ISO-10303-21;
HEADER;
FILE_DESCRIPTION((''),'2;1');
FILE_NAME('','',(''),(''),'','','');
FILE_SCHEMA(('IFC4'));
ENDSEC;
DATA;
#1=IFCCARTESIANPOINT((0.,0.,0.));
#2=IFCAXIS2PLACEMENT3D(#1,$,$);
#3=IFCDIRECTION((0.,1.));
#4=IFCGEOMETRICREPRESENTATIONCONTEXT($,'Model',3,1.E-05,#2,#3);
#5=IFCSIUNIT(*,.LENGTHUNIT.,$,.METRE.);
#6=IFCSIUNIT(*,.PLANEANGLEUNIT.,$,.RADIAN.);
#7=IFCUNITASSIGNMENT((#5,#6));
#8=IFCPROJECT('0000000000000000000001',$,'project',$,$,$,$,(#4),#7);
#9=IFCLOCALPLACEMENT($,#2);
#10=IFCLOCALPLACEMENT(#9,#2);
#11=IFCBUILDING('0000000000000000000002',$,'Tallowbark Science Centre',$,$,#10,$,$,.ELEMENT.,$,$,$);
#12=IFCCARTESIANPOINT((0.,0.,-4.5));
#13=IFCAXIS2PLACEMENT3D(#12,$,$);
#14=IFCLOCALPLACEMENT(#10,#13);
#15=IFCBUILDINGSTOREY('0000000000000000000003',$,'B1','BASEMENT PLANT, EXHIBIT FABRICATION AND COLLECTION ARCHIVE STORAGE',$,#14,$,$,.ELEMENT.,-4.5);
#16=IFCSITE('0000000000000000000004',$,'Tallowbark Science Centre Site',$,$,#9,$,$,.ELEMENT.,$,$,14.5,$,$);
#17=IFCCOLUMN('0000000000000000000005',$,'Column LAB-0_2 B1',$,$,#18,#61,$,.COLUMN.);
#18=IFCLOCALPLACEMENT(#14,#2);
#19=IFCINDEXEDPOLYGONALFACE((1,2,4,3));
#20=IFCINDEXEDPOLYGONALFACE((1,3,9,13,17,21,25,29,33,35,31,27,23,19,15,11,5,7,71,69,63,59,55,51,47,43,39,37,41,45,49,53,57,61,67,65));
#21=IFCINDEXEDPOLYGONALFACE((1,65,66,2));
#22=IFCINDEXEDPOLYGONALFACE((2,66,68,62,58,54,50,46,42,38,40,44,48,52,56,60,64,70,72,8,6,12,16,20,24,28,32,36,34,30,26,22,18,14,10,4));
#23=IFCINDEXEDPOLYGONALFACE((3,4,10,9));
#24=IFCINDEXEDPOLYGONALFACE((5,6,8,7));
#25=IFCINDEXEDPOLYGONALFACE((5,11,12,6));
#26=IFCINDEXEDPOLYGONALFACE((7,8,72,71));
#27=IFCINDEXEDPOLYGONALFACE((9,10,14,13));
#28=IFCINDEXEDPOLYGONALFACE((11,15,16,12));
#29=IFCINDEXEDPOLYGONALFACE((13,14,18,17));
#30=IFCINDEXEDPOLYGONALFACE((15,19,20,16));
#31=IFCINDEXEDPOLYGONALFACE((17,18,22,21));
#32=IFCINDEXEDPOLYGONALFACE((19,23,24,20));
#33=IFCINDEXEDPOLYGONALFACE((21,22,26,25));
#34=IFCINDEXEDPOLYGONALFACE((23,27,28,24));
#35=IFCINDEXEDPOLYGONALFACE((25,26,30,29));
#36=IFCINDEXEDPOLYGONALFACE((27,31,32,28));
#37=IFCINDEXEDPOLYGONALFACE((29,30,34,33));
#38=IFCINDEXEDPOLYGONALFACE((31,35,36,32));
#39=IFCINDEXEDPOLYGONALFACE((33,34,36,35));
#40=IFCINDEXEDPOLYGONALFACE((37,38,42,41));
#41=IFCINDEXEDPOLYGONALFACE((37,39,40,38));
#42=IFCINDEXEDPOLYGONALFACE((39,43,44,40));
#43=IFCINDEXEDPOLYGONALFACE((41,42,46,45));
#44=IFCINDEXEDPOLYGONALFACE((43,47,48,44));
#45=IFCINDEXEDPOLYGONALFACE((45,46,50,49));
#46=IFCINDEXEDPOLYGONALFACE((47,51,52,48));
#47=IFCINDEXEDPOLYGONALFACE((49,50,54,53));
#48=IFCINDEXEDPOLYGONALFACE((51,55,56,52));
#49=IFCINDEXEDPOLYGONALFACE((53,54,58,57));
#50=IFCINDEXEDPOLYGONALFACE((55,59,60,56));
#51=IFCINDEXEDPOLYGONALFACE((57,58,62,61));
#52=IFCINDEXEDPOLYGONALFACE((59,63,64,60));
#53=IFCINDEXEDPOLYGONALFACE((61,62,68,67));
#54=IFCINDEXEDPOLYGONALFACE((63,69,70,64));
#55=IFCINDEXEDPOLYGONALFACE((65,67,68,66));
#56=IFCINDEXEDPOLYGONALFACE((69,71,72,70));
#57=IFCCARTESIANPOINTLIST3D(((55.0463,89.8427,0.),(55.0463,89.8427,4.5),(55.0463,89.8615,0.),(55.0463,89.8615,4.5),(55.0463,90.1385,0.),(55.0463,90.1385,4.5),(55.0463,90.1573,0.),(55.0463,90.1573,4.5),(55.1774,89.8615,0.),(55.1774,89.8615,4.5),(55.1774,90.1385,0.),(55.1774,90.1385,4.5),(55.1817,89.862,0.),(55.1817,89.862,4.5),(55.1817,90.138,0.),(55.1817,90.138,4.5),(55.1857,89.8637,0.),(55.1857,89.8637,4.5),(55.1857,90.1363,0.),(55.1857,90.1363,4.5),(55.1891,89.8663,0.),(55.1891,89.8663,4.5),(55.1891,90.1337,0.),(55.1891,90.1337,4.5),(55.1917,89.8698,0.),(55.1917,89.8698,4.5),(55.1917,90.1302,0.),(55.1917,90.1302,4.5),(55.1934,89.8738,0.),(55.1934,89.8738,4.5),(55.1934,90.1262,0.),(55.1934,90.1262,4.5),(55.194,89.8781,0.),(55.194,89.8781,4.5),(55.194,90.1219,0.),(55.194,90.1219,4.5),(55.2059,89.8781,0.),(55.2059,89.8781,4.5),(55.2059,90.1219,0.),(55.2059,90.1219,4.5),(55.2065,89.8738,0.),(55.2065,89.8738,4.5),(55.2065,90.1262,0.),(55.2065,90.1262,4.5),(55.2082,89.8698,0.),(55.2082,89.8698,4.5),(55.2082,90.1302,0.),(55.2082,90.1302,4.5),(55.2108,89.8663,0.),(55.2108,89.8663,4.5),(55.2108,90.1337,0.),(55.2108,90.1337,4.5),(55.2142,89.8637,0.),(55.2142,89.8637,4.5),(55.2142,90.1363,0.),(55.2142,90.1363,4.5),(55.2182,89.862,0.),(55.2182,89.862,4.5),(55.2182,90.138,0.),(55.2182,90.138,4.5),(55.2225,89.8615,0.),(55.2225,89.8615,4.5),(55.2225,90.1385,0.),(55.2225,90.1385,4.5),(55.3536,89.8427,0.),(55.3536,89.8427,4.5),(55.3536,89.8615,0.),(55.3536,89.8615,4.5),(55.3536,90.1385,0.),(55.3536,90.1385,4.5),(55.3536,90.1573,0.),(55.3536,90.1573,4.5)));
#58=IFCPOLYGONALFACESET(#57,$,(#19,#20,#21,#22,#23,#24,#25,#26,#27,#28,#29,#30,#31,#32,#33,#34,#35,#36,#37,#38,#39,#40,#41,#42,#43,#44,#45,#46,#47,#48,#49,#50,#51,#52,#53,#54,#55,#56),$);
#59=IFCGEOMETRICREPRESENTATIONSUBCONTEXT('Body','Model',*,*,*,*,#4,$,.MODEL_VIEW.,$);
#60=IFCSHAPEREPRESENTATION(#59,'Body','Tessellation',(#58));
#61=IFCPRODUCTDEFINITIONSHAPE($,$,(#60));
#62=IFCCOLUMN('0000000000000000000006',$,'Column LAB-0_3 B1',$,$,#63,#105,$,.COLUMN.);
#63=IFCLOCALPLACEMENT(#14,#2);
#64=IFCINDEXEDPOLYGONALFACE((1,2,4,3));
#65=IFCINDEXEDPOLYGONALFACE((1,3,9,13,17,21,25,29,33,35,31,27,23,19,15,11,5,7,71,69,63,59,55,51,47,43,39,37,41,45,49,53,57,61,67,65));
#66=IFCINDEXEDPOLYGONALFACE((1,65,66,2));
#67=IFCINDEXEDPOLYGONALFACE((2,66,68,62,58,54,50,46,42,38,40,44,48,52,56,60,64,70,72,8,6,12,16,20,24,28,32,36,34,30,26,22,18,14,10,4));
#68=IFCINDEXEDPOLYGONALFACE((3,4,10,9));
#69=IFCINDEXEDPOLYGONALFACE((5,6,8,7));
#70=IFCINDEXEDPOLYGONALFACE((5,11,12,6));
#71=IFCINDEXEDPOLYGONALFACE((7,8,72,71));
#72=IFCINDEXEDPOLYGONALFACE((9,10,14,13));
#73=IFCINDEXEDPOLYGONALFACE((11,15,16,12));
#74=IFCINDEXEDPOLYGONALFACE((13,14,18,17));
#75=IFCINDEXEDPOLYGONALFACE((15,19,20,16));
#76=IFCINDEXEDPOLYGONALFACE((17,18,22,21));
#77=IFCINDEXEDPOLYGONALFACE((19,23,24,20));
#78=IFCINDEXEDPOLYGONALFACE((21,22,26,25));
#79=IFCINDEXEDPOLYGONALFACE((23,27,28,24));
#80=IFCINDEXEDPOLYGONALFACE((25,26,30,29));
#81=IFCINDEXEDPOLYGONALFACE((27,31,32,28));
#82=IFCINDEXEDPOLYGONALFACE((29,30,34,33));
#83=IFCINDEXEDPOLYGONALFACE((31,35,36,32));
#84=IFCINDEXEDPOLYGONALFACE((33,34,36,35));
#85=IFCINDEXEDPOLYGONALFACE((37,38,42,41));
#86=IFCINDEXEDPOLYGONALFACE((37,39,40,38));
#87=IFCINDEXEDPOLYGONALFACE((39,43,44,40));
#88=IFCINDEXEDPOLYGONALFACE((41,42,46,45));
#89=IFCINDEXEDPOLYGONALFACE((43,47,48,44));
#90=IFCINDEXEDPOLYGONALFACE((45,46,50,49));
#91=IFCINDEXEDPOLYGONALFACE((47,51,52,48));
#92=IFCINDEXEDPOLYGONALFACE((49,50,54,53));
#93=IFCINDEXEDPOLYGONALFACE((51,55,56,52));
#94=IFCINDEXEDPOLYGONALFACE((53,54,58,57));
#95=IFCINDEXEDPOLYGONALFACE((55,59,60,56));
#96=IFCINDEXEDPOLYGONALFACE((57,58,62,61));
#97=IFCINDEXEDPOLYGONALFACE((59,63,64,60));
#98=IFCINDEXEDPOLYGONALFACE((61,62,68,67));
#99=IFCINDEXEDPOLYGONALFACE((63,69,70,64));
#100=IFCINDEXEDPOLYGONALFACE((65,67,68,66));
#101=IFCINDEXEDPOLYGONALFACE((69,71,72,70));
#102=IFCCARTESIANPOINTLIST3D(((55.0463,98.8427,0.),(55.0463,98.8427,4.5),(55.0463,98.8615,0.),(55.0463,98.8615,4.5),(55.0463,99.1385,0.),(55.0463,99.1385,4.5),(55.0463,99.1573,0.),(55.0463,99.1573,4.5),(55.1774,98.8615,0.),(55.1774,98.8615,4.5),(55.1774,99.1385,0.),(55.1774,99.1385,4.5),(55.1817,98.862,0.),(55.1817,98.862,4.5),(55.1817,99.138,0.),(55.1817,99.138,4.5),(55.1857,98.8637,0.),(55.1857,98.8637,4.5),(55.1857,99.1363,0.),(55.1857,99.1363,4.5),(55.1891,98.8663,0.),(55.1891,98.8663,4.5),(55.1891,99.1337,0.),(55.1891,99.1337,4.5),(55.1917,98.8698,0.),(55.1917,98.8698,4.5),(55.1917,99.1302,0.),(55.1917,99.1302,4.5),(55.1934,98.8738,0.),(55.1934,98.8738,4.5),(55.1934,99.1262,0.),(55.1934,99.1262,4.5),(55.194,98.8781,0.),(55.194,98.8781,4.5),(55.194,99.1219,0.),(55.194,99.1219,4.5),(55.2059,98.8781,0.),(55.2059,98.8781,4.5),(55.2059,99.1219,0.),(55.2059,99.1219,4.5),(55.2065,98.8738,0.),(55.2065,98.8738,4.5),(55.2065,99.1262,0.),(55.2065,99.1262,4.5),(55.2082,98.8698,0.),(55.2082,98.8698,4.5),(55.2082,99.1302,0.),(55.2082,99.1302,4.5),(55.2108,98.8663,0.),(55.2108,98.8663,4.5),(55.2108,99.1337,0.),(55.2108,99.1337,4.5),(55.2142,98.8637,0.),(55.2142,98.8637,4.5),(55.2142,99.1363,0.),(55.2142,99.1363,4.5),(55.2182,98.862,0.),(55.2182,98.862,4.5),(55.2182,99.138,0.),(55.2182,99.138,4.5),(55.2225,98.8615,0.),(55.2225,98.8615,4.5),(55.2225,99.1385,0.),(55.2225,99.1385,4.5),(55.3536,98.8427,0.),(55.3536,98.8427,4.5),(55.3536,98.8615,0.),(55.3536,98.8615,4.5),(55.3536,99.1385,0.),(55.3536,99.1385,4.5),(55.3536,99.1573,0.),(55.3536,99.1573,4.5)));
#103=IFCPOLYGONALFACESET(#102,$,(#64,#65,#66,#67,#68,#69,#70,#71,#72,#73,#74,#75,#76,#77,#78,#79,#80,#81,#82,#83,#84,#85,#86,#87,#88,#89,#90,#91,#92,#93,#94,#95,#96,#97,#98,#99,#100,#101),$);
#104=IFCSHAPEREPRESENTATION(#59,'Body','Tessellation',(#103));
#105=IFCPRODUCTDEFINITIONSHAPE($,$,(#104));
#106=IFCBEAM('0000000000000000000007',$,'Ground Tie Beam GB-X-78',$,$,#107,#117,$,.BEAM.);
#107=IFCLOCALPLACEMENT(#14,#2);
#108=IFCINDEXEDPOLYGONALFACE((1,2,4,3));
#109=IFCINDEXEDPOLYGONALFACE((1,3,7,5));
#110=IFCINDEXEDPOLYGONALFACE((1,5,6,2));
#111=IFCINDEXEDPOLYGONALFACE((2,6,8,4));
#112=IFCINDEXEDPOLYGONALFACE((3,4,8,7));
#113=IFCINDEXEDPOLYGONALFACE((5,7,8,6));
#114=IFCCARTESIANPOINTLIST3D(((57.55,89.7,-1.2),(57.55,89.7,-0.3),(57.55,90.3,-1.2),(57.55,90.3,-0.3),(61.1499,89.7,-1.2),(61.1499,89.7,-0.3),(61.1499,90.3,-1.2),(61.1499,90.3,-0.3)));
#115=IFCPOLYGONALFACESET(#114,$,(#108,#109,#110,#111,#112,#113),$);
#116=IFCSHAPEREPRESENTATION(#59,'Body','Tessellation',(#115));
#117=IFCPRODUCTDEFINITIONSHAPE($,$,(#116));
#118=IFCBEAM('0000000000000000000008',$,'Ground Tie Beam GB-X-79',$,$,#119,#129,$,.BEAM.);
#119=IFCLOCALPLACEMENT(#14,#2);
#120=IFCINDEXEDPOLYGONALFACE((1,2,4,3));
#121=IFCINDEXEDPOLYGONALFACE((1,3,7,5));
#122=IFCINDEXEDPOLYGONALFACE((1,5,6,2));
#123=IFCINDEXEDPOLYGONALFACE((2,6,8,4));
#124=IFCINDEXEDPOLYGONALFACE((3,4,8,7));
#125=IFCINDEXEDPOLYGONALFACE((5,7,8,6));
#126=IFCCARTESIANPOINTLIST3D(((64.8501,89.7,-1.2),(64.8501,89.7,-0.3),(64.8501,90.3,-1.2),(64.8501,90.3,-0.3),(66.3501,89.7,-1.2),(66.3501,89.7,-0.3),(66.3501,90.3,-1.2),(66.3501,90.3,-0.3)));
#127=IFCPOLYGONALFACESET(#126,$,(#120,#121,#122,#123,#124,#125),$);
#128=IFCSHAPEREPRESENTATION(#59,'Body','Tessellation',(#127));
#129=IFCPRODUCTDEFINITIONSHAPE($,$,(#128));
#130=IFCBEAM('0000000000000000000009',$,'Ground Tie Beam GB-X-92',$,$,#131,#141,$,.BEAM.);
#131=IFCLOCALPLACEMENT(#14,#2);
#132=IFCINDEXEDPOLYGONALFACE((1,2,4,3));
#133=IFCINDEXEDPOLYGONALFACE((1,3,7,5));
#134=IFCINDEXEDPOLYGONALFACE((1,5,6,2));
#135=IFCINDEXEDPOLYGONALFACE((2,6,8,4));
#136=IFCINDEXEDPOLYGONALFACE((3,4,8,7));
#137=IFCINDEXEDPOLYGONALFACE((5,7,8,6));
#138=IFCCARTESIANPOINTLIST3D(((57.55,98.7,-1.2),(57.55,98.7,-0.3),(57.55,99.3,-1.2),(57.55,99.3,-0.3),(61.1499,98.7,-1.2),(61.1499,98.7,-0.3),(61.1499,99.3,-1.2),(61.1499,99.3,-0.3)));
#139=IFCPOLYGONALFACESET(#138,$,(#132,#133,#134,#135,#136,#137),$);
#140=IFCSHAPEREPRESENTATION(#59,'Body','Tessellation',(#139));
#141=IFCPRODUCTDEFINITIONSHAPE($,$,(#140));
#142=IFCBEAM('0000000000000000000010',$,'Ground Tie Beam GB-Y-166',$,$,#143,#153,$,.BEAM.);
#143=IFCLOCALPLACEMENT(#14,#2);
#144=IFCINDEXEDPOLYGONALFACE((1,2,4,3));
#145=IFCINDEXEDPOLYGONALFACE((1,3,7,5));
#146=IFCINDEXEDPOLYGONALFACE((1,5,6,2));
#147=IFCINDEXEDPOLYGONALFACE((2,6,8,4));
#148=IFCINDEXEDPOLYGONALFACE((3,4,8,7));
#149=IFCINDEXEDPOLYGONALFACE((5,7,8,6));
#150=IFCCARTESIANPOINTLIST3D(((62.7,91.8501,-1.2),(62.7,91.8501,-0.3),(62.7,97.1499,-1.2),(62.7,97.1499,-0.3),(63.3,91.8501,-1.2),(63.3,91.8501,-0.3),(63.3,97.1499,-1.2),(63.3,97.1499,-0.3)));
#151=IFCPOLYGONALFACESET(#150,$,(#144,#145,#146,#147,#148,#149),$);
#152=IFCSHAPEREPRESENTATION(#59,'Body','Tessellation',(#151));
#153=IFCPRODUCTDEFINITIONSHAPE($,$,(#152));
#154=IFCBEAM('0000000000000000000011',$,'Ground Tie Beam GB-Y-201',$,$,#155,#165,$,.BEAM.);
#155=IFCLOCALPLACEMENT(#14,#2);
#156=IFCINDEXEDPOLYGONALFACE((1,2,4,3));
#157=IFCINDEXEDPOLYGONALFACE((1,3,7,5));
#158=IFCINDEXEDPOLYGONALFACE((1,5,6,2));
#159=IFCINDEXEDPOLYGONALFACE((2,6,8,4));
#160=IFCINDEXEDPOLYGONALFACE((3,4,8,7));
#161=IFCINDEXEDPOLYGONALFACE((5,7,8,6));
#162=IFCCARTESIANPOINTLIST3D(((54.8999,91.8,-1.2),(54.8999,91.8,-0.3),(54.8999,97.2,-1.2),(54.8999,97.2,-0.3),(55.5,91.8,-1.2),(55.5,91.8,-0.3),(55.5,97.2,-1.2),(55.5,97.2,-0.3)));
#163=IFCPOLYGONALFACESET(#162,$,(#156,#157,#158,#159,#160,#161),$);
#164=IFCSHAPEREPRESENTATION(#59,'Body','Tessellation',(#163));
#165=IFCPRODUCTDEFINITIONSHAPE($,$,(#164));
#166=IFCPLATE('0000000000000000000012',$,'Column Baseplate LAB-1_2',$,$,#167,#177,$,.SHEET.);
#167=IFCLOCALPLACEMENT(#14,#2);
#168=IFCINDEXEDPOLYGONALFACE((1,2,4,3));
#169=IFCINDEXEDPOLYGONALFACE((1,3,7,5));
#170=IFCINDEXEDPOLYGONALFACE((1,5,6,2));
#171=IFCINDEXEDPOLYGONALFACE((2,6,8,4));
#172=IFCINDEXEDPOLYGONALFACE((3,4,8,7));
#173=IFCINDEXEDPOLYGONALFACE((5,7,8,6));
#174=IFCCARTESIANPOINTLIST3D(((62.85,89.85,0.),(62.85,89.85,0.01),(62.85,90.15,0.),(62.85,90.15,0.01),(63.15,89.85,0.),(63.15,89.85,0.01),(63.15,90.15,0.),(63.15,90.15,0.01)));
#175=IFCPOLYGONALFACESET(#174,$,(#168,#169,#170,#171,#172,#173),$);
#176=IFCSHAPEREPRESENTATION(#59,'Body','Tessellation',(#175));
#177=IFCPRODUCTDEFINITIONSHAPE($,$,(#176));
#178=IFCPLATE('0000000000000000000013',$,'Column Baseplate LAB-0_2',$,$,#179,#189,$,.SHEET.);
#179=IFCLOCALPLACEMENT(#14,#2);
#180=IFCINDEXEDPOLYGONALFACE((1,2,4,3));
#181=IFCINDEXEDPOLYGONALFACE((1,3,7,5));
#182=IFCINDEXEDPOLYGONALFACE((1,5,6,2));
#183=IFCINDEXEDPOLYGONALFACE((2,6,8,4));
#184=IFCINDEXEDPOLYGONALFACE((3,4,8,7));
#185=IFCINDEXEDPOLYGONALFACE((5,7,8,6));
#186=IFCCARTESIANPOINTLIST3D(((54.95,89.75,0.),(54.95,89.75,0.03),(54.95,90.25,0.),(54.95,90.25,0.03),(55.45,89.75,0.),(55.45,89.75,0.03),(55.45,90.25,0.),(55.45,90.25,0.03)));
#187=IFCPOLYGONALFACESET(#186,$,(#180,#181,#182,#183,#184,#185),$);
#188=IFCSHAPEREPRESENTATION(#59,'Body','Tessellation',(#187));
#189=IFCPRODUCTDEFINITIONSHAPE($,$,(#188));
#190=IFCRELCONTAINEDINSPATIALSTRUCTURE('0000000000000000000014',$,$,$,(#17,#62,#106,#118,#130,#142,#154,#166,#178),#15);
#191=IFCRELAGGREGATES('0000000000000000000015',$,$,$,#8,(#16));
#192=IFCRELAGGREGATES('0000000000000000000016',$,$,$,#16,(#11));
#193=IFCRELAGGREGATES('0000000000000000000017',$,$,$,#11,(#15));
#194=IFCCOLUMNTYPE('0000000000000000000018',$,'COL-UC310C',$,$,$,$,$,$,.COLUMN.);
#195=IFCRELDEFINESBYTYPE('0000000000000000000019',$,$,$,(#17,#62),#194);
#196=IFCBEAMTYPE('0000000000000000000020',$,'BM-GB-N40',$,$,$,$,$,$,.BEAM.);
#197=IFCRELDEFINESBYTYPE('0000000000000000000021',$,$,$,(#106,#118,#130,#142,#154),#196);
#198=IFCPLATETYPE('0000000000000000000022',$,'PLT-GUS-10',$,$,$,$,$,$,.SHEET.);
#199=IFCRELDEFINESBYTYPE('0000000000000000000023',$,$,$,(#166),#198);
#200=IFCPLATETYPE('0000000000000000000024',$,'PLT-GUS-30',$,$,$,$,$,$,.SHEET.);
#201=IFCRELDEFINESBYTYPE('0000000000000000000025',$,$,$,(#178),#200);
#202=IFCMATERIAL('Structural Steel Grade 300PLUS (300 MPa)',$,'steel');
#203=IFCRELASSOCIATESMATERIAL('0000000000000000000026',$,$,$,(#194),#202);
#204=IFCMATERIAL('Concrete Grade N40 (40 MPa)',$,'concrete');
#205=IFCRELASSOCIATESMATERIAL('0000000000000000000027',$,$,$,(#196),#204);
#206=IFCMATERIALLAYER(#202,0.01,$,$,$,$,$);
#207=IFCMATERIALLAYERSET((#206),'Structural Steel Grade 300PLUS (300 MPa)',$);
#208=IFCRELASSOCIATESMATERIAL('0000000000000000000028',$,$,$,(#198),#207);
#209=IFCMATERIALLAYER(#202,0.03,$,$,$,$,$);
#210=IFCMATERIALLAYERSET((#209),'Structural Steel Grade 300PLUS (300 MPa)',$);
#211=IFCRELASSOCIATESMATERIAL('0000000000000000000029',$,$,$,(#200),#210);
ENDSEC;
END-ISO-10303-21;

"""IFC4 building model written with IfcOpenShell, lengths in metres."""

from ifc_helpers import new_model, si_unit, direction, frame, origin, origin_2d, place, context, subcontext, project, spatial, rectangle, i_section, extrude, material, layer, layer_set, material_profile, profile_set, type_object, element, save


model = new_model("IFC4")

# Units and contexts
model_context = context("Model", 3, precision=1e-05, world=origin(), true_north=direction((0.0, 1.0)))
body_context = subcontext(model_context, "Body", "Model", "MODEL_VIEW")
ifc_project = project(units=[si_unit("LENGTHUNIT", "METRE"), si_unit("PLANEANGLEUNIT", "RADIAN")], contexts=[model_context])

# Site, building, storey
site_placement = place(None, origin())
site = spatial("IfcSite", under=ifc_project, at=site_placement, Name="Tallowbark Science Centre Site", CompositionType="ELEMENT", RefElevation=14.5)
building_placement = place(site_placement, origin())
building = spatial("IfcBuilding", under=site, at=building_placement, Name="Tallowbark Science Centre", CompositionType="ELEMENT")
storey_placement = place(building_placement, frame((0.0, 0.0, -4.5)))
storey = spatial("IfcBuildingStorey", under=building, at=storey_placement, Name="B1", Description="BASEMENT PLANT, EXHIBIT FABRICATION AND COLLECTION ARCHIVE STORAGE", CompositionType="ELEMENT", Elevation=-4.5)

# Shared definitions
ifc_material_1 = material(Name="Concrete Grade N40 (40 MPa)", Category="concrete")

# Columns
ifc_material_2 = material(Name="Structural Steel Grade 300PLUS (300 MPa)", Category="steel")
ifc_material_profile_1 = material_profile(ifc_material_2, i_section(OverallWidth=0.3074, OverallDepth=0.3147, WebThickness=0.012, FlangeThickness=0.0188, FilletRadius=0.0166, at=origin_2d()), Name="310UC118")
ifc_profile_set_1 = profile_set([ifc_material_profile_1], Name="Structural Steel Grade 300PLUS (300 MPa)")
column_type_1 = type_object("IfcColumnType", Name="COL-UC310C", PredefinedType="COLUMN", material=ifc_profile_set_1)
for number, where, z_axis, x_axis, name in (
    (1, (55.2, 90.0, 0.0), (0.0, 0.0, 1.0), (1.0, 0.0, 0.0), "Column LAB-0_2 B1"),
    (2, (55.2, 99.0, 0.0), (0.0, 0.0, 1.0), (1.0, 0.0, 0.0), "Column LAB-0_3 B1"),
):
    element("IfcColumn", number, at=place(storey_placement, frame(where, z_axis=z_axis, x_axis=x_axis)), inside=storey, type_object=column_type_1, Name=name, PredefinedType="COLUMN", context=body_context, shape_type="SweptSolid", body=[
        extrude(i_section(OverallWidth=0.3074, OverallDepth=0.3147, WebThickness=0.012, FlangeThickness=0.0188, FilletRadius=0.0166, at=origin_2d()), origin(), (0.0, 0.0, 1.0), 4.5),
    ])

# Beams
ifc_material_profile_2 = material_profile(ifc_material_1, rectangle(XDim=0.6001, YDim=0.8999, at=origin_2d()), Name="RC600x900")
ifc_profile_set_2 = profile_set([ifc_material_profile_2], Name="Concrete Grade N40 (40 MPa)")
beam_type = type_object("IfcBeamType", Name="BM-GB-N40", PredefinedType="BEAM", material=ifc_profile_set_2)
beam_1_placement = place(storey_placement, frame((57.55, 90.0, -0.75), z_axis=(1.0, 0.0, 0.0), x_axis=(0.0, 1.0, 0.0)))
element("IfcBeam", 3, at=beam_1_placement, inside=storey, type_object=beam_type, Name="Ground Tie Beam GB-X-78", PredefinedType="BEAM", context=body_context, shape_type="SweptSolid", body=[
    extrude(rectangle(XDim=0.6001, YDim=0.8999, at=origin_2d()), origin(), (0.0, 0.0, 1.0), 3.5999),
])
beam_2_placement = place(storey_placement, frame((64.8501, 90.0, -0.75), z_axis=(1.0, 0.0, 0.0), x_axis=(0.0, 1.0, 0.0)))
element("IfcBeam", 4, at=beam_2_placement, inside=storey, type_object=beam_type, Name="Ground Tie Beam GB-X-79", PredefinedType="BEAM", context=body_context, shape_type="SweptSolid", body=[
    extrude(rectangle(XDim=0.6001, YDim=0.8999, at=origin_2d()), origin(), (0.0, 0.0, 1.0), 1.5),
])
beam_3_placement = place(storey_placement, frame((57.55, 99.0, -0.75), z_axis=(1.0, 0.0, 0.0), x_axis=(0.0, 1.0, 0.0)))
element("IfcBeam", 5, at=beam_3_placement, inside=storey, type_object=beam_type, Name="Ground Tie Beam GB-X-92", PredefinedType="BEAM", context=body_context, shape_type="SweptSolid", body=[
    extrude(rectangle(XDim=0.6001, YDim=0.8999, at=origin_2d()), origin(), (0.0, 0.0, 1.0), 3.5999),
])
beam_4_placement = place(storey_placement, frame((63.0, 91.8501, -0.75), z_axis=(0.0, 1.0, 0.0), x_axis=(-1.0, 0.0, 0.0)))
element("IfcBeam", 6, at=beam_4_placement, inside=storey, type_object=beam_type, Name="Ground Tie Beam GB-Y-166", PredefinedType="BEAM", context=body_context, shape_type="SweptSolid", body=[
    extrude(rectangle(XDim=0.6001, YDim=0.8999, at=origin_2d()), origin(), (0.0, 0.0, 1.0), 5.2998),
])
beam_5_placement = place(storey_placement, frame((55.2, 91.8, -0.75), z_axis=(0.0, 1.0, 0.0), x_axis=(-1.0, 0.0, 0.0)))
element("IfcBeam", 7, at=beam_5_placement, inside=storey, type_object=beam_type, Name="Ground Tie Beam GB-Y-201", PredefinedType="BEAM", context=body_context, shape_type="SweptSolid", body=[
    extrude(rectangle(XDim=0.6001, YDim=0.8999, at=origin_2d()), origin(), (0.0, 0.0, 1.0), 5.3999),
])

# Plates
ifc_layer_1 = layer(ifc_material_2, 0.01)
ifc_layer_set_1 = layer_set([ifc_layer_1], Name="Structural Steel Grade 300PLUS (300 MPa)")
plate_type_1 = type_object("IfcPlateType", Name="PLT-GUS-10", PredefinedType="SHEET", material=ifc_layer_set_1)
plate_1_placement = place(storey_placement, frame((63.0, 90.0, 0.0), z_axis=(0.0, 0.0, 1.0), x_axis=(1.0, 0.0, 0.0)))
element("IfcPlate", 8, at=plate_1_placement, inside=storey, type_object=plate_type_1, Name="Column Baseplate LAB-1_2", PredefinedType="SHEET", context=body_context, shape_type="SweptSolid", body=[
    extrude(rectangle(XDim=0.3, YDim=0.3, at=origin_2d()), origin(), (0.0, 0.0, 1.0), 0.01),
])
ifc_layer_2 = layer(ifc_material_2, 0.03)
ifc_layer_set_2 = layer_set([ifc_layer_2], Name="Structural Steel Grade 300PLUS (300 MPa)")
plate_type_2 = type_object("IfcPlateType", Name="PLT-GUS-30", PredefinedType="SHEET", material=ifc_layer_set_2)
plate_2_placement = place(storey_placement, frame((55.2, 90.0, 0.0), z_axis=(0.0, 0.0, 1.0), x_axis=(1.0, 0.0, 0.0)))
element("IfcPlate", 9, at=plate_2_placement, inside=storey, type_object=plate_type_2, Name="Column Baseplate LAB-0_2", PredefinedType="SHEET", context=body_context, shape_type="SweptSolid", body=[
    extrude(rectangle(XDim=0.5, YDim=0.5, at=origin_2d()), origin(), (0.0, 0.0, 1.0), 0.03),
])

save(model, "model.ifc")
